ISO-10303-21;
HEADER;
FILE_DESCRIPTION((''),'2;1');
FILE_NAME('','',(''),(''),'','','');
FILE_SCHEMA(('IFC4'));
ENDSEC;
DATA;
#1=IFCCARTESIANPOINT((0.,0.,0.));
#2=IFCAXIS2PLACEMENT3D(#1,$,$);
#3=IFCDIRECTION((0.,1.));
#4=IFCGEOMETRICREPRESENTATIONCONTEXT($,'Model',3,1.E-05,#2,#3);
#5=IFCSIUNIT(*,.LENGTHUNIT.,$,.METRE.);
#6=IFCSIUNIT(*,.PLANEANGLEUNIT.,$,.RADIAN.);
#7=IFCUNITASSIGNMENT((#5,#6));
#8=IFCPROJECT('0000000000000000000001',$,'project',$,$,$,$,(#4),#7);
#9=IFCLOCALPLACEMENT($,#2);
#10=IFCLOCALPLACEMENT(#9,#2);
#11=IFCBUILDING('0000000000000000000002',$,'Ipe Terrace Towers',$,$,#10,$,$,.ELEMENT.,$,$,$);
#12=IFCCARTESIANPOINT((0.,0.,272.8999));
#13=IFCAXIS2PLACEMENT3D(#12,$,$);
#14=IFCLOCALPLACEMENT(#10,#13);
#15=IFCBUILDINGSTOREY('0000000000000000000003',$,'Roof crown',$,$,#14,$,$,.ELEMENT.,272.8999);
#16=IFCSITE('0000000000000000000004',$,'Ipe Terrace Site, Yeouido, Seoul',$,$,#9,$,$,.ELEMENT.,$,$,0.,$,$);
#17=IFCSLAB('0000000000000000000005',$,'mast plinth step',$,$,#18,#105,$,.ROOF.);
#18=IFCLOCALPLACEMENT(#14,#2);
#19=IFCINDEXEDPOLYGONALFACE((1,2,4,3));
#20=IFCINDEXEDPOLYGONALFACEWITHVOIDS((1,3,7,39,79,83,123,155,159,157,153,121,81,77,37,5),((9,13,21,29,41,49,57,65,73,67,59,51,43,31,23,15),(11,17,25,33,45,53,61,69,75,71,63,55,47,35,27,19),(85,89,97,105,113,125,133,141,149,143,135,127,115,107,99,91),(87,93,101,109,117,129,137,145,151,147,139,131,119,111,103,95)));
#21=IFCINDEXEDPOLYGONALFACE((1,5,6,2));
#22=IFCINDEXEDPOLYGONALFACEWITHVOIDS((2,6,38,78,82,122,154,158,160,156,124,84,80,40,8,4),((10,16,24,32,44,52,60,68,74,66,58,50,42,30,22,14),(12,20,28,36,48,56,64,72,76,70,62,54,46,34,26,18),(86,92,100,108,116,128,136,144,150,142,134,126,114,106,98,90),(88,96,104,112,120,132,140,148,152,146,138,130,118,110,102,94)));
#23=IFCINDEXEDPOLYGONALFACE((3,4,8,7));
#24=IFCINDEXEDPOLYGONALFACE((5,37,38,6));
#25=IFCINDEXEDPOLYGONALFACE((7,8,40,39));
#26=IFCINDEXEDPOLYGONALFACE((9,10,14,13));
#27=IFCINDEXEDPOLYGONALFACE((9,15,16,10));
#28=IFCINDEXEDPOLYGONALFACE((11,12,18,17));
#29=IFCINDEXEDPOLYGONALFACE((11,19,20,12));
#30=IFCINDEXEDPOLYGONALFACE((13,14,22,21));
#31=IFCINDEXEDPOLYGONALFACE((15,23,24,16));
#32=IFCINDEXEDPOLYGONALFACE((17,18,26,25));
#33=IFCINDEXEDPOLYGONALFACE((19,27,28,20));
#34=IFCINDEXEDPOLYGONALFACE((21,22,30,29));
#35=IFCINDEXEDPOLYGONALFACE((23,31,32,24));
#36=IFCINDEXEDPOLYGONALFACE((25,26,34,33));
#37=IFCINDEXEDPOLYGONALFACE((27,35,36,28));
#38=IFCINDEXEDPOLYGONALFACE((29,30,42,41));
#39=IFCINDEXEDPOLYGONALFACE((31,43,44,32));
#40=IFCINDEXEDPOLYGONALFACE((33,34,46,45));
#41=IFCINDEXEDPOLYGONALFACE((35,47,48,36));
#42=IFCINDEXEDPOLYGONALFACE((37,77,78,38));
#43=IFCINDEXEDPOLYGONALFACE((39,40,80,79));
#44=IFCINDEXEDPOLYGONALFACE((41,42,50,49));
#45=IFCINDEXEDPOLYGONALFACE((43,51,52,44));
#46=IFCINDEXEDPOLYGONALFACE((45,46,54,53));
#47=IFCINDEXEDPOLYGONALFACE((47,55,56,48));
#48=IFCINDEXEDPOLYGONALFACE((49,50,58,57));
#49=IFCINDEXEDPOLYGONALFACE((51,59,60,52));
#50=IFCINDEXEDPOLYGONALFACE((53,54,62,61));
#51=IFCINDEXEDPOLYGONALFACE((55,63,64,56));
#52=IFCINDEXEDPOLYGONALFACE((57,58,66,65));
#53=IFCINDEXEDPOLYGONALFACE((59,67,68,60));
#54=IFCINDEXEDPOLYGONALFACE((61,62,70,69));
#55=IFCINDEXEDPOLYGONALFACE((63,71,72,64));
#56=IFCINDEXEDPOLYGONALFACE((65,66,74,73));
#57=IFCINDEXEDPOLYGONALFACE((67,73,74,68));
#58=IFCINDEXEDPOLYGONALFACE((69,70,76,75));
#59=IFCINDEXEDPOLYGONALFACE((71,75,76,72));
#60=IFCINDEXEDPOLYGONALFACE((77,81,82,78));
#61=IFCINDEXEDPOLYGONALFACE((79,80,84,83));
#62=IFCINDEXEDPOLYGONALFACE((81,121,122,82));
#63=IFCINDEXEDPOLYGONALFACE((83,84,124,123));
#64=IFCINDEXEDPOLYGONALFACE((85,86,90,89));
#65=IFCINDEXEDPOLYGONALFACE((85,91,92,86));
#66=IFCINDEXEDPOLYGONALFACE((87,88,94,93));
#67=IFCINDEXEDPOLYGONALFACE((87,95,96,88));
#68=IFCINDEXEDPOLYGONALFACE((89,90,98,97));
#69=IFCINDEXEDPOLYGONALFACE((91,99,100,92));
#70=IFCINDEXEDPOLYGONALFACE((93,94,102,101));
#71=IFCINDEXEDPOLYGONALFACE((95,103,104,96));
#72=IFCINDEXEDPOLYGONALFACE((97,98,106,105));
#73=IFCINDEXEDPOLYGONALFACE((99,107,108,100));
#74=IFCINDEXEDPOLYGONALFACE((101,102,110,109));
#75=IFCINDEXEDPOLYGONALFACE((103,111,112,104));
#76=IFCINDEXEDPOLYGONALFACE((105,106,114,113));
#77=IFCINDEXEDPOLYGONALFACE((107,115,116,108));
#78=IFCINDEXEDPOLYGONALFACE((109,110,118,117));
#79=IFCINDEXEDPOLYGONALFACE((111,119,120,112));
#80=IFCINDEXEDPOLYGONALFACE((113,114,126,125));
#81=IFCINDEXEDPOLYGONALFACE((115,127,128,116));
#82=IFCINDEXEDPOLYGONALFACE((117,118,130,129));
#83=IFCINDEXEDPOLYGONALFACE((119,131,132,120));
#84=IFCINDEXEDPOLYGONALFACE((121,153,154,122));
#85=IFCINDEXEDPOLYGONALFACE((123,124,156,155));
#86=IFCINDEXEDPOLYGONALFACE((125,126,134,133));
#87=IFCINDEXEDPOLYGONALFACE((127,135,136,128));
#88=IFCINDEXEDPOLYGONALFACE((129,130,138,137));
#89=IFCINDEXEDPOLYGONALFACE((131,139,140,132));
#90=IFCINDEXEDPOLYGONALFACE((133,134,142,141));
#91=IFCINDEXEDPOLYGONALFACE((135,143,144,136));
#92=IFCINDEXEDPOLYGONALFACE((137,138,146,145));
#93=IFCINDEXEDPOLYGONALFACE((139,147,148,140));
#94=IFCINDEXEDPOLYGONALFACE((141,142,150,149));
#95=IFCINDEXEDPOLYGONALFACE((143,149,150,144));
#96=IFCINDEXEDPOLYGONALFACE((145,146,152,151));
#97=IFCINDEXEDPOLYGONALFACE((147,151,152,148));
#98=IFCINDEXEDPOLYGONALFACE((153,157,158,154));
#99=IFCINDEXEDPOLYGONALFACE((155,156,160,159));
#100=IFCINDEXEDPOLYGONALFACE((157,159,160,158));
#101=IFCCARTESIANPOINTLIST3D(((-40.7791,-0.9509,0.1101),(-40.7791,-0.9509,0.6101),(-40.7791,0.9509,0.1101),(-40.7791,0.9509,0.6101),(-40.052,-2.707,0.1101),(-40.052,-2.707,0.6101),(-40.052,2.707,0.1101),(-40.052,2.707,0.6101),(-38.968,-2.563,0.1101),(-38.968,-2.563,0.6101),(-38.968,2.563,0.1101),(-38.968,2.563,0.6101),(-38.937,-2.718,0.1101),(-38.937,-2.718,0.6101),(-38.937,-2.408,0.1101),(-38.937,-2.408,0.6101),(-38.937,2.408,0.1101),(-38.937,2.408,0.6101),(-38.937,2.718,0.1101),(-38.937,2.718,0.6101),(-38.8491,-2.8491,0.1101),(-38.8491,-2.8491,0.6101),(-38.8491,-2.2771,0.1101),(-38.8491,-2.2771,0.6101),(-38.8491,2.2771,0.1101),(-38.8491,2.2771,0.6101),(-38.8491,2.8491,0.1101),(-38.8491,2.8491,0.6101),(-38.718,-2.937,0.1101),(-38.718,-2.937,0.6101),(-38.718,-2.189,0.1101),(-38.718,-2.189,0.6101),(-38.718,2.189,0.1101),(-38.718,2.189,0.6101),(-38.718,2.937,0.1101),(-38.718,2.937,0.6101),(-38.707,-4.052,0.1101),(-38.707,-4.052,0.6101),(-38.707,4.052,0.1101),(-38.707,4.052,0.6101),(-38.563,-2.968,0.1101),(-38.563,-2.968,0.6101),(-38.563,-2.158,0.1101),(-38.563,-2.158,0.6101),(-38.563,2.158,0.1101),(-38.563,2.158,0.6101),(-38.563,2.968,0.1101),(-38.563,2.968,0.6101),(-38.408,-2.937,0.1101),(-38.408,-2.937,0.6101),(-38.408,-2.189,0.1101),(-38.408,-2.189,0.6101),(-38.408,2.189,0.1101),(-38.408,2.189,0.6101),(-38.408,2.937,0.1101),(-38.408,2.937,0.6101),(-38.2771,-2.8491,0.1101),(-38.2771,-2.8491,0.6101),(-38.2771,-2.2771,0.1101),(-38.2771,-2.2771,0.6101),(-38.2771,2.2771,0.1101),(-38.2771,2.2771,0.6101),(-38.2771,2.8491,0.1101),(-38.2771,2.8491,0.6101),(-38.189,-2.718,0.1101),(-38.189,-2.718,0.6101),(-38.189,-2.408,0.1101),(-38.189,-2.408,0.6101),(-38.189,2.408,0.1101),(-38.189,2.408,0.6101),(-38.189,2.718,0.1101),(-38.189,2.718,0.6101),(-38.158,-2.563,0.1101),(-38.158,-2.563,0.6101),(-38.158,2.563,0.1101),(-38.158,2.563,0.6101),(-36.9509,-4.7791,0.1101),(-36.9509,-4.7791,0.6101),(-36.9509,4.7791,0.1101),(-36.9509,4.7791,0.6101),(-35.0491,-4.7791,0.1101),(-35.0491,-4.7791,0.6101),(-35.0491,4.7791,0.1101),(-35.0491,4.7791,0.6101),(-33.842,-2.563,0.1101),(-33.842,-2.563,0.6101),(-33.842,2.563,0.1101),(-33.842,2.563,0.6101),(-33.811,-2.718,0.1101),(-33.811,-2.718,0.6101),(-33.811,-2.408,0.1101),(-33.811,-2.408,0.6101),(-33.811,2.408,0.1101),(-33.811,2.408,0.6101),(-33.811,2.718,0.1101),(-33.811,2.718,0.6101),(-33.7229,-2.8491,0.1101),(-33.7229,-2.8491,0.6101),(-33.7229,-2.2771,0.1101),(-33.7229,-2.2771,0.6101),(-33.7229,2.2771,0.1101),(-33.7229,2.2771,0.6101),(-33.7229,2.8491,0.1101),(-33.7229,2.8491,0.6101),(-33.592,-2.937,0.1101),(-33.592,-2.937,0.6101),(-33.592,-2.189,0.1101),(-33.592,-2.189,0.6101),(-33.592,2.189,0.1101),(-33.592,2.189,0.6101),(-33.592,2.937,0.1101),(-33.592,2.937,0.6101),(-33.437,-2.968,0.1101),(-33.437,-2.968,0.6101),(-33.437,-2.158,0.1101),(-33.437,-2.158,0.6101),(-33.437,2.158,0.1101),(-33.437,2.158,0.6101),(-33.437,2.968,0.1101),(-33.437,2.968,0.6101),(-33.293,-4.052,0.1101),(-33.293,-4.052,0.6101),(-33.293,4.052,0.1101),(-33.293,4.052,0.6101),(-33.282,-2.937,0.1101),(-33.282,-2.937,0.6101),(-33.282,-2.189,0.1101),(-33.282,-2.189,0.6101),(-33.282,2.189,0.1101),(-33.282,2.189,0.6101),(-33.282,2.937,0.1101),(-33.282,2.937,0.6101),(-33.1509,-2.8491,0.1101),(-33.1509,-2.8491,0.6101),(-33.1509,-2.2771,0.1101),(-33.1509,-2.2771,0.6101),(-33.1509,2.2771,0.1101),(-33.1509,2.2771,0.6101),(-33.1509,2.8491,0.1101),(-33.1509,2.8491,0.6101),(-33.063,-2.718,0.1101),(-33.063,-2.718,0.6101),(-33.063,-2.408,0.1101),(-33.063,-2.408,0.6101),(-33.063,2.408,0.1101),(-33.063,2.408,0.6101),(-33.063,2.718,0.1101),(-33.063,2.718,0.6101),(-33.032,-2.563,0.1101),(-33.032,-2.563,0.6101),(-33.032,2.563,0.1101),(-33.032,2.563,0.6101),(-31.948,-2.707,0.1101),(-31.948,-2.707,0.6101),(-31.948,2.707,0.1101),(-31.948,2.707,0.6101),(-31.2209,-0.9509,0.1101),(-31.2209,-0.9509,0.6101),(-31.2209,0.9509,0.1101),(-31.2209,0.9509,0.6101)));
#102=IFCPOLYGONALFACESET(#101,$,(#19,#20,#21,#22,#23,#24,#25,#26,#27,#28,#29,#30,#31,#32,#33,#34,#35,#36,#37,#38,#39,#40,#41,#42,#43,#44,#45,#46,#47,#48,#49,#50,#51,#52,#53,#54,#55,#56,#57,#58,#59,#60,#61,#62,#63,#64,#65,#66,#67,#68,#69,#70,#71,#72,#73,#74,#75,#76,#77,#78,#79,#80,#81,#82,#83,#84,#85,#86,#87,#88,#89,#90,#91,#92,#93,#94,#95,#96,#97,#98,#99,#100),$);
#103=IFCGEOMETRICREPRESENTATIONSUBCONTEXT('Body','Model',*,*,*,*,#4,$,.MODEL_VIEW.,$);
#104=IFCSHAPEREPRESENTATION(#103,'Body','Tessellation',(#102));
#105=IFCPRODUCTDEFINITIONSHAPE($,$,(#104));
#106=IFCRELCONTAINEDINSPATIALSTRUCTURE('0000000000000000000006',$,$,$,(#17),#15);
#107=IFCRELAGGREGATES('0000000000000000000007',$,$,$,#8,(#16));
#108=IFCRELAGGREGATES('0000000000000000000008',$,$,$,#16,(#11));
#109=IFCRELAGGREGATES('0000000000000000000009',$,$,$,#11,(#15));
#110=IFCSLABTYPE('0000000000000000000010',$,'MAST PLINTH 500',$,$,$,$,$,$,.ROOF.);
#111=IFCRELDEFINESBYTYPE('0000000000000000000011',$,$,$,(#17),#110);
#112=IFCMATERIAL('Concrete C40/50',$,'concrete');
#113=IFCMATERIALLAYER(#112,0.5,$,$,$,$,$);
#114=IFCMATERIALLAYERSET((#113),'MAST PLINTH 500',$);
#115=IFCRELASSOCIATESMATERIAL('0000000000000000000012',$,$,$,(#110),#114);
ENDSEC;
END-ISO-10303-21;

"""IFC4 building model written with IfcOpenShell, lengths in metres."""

from ifc_helpers import new_model, si_unit, direction, frame, origin, place, context, subcontext, project, spatial, polyline, outline, extrude, material, layer, layer_set, type_object, element, save


model = new_model("IFC4")

# Units and contexts
model_context = context("Model", 3, precision=1e-05, world=origin(), true_north=direction((0.0, 1.0)))
body_context = subcontext(model_context, "Body", "Model", "MODEL_VIEW")
ifc_project = project(units=[si_unit("LENGTHUNIT", "METRE"), si_unit("PLANEANGLEUNIT", "RADIAN")], contexts=[model_context])

# Site, building, storey
site_placement = place(None, origin())
site = spatial("IfcSite", under=ifc_project, at=site_placement, Name="Ipe Terrace Site, Yeouido, Seoul", CompositionType="ELEMENT", RefElevation=0.0)
building_placement = place(site_placement, origin())
building = spatial("IfcBuilding", under=site, at=building_placement, Name="Ipe Terrace Towers", CompositionType="ELEMENT")
storey_placement = place(building_placement, frame((0.0, 0.0, 272.8999)))
storey = spatial("IfcBuildingStorey", under=building, at=storey_placement, Name="Roof crown", CompositionType="ELEMENT", Elevation=272.8999)

# Slab
ifc_material_1 = material(Name="Concrete C40/50", Category="concrete")
ifc_layer_1 = layer(ifc_material_1, 0.5)
ifc_layer_set_1 = layer_set([ifc_layer_1], Name="MAST PLINTH 500")
slab_type_1 = type_object("IfcSlabType", Name="MAST PLINTH 500", PredefinedType="ROOF", material=ifc_layer_set_1)
slab_1_placement = place(storey_placement, frame((0.0, 0.0, 0.1101)))
element("IfcSlab", 1, at=slab_1_placement, inside=storey, type_object=slab_type_1, Name="mast plinth step", PredefinedType="ROOF", context=body_context, shape_type="SweptSolid", body=[
    extrude(outline(polyline([(-31.2209, 0.9509), (-31.948, 2.707), (-33.293, 4.052), (-35.0491, 4.7791), (-36.9509, 4.7791), (-38.707, 4.052), (-40.052, 2.707), (-40.7791, 0.9509), (-40.7791, -0.9509), (-40.052, -2.707), (-38.707, -4.052), (-36.9509, -4.7791), (-35.0491, -4.7791), (-33.293, -4.052), (-31.948, -2.707), (-31.2209, -0.9509), (-31.2209, 0.9509)]), holes=[polyline([(-38.158, -2.563), (-38.189, -2.408), (-38.2771, -2.2771), (-38.408, -2.189), (-38.563, -2.158), (-38.718, -2.189), (-38.8491, -2.2771), (-38.937, -2.408), (-38.968, -2.563), (-38.937, -2.718), (-38.8491, -2.8491), (-38.718, -2.937), (-38.563, -2.968), (-38.408, -2.937), (-38.2771, -2.8491), (-38.189, -2.718), (-38.158, -2.563)]), polyline([(-38.158, 2.563), (-38.189, 2.718), (-38.2771, 2.8491), (-38.408, 2.937), (-38.563, 2.968), (-38.718, 2.937), (-38.8491, 2.8491), (-38.937, 2.718), (-38.968, 2.563), (-38.937, 2.408), (-38.8491, 2.2771), (-38.718, 2.189), (-38.563, 2.158), (-38.408, 2.189), (-38.2771, 2.2771), (-38.189, 2.408), (-38.158, 2.563)]), polyline([(-33.032, -2.563), (-33.063, -2.408), (-33.1509, -2.2771), (-33.282, -2.189), (-33.437, -2.158), (-33.592, -2.189), (-33.7229, -2.2771), (-33.811, -2.408), (-33.842, -2.563), (-33.811, -2.718), (-33.7229, -2.8491), (-33.592, -2.937), (-33.437, -2.968), (-33.282, -2.937), (-33.1509, -2.8491), (-33.063, -2.718), (-33.032, -2.563)]), polyline([(-33.032, 2.563), (-33.063, 2.718), (-33.1509, 2.8491), (-33.282, 2.937), (-33.437, 2.968), (-33.592, 2.937), (-33.7229, 2.8491), (-33.811, 2.718), (-33.842, 2.563), (-33.811, 2.408), (-33.7229, 2.2771), (-33.592, 2.189), (-33.437, 2.158), (-33.282, 2.189), (-33.1509, 2.2771), (-33.063, 2.408), (-33.032, 2.563)])]), origin(), (0.0, 0.0, 1.0), 0.5),
])

save(model, "model.ifc")
